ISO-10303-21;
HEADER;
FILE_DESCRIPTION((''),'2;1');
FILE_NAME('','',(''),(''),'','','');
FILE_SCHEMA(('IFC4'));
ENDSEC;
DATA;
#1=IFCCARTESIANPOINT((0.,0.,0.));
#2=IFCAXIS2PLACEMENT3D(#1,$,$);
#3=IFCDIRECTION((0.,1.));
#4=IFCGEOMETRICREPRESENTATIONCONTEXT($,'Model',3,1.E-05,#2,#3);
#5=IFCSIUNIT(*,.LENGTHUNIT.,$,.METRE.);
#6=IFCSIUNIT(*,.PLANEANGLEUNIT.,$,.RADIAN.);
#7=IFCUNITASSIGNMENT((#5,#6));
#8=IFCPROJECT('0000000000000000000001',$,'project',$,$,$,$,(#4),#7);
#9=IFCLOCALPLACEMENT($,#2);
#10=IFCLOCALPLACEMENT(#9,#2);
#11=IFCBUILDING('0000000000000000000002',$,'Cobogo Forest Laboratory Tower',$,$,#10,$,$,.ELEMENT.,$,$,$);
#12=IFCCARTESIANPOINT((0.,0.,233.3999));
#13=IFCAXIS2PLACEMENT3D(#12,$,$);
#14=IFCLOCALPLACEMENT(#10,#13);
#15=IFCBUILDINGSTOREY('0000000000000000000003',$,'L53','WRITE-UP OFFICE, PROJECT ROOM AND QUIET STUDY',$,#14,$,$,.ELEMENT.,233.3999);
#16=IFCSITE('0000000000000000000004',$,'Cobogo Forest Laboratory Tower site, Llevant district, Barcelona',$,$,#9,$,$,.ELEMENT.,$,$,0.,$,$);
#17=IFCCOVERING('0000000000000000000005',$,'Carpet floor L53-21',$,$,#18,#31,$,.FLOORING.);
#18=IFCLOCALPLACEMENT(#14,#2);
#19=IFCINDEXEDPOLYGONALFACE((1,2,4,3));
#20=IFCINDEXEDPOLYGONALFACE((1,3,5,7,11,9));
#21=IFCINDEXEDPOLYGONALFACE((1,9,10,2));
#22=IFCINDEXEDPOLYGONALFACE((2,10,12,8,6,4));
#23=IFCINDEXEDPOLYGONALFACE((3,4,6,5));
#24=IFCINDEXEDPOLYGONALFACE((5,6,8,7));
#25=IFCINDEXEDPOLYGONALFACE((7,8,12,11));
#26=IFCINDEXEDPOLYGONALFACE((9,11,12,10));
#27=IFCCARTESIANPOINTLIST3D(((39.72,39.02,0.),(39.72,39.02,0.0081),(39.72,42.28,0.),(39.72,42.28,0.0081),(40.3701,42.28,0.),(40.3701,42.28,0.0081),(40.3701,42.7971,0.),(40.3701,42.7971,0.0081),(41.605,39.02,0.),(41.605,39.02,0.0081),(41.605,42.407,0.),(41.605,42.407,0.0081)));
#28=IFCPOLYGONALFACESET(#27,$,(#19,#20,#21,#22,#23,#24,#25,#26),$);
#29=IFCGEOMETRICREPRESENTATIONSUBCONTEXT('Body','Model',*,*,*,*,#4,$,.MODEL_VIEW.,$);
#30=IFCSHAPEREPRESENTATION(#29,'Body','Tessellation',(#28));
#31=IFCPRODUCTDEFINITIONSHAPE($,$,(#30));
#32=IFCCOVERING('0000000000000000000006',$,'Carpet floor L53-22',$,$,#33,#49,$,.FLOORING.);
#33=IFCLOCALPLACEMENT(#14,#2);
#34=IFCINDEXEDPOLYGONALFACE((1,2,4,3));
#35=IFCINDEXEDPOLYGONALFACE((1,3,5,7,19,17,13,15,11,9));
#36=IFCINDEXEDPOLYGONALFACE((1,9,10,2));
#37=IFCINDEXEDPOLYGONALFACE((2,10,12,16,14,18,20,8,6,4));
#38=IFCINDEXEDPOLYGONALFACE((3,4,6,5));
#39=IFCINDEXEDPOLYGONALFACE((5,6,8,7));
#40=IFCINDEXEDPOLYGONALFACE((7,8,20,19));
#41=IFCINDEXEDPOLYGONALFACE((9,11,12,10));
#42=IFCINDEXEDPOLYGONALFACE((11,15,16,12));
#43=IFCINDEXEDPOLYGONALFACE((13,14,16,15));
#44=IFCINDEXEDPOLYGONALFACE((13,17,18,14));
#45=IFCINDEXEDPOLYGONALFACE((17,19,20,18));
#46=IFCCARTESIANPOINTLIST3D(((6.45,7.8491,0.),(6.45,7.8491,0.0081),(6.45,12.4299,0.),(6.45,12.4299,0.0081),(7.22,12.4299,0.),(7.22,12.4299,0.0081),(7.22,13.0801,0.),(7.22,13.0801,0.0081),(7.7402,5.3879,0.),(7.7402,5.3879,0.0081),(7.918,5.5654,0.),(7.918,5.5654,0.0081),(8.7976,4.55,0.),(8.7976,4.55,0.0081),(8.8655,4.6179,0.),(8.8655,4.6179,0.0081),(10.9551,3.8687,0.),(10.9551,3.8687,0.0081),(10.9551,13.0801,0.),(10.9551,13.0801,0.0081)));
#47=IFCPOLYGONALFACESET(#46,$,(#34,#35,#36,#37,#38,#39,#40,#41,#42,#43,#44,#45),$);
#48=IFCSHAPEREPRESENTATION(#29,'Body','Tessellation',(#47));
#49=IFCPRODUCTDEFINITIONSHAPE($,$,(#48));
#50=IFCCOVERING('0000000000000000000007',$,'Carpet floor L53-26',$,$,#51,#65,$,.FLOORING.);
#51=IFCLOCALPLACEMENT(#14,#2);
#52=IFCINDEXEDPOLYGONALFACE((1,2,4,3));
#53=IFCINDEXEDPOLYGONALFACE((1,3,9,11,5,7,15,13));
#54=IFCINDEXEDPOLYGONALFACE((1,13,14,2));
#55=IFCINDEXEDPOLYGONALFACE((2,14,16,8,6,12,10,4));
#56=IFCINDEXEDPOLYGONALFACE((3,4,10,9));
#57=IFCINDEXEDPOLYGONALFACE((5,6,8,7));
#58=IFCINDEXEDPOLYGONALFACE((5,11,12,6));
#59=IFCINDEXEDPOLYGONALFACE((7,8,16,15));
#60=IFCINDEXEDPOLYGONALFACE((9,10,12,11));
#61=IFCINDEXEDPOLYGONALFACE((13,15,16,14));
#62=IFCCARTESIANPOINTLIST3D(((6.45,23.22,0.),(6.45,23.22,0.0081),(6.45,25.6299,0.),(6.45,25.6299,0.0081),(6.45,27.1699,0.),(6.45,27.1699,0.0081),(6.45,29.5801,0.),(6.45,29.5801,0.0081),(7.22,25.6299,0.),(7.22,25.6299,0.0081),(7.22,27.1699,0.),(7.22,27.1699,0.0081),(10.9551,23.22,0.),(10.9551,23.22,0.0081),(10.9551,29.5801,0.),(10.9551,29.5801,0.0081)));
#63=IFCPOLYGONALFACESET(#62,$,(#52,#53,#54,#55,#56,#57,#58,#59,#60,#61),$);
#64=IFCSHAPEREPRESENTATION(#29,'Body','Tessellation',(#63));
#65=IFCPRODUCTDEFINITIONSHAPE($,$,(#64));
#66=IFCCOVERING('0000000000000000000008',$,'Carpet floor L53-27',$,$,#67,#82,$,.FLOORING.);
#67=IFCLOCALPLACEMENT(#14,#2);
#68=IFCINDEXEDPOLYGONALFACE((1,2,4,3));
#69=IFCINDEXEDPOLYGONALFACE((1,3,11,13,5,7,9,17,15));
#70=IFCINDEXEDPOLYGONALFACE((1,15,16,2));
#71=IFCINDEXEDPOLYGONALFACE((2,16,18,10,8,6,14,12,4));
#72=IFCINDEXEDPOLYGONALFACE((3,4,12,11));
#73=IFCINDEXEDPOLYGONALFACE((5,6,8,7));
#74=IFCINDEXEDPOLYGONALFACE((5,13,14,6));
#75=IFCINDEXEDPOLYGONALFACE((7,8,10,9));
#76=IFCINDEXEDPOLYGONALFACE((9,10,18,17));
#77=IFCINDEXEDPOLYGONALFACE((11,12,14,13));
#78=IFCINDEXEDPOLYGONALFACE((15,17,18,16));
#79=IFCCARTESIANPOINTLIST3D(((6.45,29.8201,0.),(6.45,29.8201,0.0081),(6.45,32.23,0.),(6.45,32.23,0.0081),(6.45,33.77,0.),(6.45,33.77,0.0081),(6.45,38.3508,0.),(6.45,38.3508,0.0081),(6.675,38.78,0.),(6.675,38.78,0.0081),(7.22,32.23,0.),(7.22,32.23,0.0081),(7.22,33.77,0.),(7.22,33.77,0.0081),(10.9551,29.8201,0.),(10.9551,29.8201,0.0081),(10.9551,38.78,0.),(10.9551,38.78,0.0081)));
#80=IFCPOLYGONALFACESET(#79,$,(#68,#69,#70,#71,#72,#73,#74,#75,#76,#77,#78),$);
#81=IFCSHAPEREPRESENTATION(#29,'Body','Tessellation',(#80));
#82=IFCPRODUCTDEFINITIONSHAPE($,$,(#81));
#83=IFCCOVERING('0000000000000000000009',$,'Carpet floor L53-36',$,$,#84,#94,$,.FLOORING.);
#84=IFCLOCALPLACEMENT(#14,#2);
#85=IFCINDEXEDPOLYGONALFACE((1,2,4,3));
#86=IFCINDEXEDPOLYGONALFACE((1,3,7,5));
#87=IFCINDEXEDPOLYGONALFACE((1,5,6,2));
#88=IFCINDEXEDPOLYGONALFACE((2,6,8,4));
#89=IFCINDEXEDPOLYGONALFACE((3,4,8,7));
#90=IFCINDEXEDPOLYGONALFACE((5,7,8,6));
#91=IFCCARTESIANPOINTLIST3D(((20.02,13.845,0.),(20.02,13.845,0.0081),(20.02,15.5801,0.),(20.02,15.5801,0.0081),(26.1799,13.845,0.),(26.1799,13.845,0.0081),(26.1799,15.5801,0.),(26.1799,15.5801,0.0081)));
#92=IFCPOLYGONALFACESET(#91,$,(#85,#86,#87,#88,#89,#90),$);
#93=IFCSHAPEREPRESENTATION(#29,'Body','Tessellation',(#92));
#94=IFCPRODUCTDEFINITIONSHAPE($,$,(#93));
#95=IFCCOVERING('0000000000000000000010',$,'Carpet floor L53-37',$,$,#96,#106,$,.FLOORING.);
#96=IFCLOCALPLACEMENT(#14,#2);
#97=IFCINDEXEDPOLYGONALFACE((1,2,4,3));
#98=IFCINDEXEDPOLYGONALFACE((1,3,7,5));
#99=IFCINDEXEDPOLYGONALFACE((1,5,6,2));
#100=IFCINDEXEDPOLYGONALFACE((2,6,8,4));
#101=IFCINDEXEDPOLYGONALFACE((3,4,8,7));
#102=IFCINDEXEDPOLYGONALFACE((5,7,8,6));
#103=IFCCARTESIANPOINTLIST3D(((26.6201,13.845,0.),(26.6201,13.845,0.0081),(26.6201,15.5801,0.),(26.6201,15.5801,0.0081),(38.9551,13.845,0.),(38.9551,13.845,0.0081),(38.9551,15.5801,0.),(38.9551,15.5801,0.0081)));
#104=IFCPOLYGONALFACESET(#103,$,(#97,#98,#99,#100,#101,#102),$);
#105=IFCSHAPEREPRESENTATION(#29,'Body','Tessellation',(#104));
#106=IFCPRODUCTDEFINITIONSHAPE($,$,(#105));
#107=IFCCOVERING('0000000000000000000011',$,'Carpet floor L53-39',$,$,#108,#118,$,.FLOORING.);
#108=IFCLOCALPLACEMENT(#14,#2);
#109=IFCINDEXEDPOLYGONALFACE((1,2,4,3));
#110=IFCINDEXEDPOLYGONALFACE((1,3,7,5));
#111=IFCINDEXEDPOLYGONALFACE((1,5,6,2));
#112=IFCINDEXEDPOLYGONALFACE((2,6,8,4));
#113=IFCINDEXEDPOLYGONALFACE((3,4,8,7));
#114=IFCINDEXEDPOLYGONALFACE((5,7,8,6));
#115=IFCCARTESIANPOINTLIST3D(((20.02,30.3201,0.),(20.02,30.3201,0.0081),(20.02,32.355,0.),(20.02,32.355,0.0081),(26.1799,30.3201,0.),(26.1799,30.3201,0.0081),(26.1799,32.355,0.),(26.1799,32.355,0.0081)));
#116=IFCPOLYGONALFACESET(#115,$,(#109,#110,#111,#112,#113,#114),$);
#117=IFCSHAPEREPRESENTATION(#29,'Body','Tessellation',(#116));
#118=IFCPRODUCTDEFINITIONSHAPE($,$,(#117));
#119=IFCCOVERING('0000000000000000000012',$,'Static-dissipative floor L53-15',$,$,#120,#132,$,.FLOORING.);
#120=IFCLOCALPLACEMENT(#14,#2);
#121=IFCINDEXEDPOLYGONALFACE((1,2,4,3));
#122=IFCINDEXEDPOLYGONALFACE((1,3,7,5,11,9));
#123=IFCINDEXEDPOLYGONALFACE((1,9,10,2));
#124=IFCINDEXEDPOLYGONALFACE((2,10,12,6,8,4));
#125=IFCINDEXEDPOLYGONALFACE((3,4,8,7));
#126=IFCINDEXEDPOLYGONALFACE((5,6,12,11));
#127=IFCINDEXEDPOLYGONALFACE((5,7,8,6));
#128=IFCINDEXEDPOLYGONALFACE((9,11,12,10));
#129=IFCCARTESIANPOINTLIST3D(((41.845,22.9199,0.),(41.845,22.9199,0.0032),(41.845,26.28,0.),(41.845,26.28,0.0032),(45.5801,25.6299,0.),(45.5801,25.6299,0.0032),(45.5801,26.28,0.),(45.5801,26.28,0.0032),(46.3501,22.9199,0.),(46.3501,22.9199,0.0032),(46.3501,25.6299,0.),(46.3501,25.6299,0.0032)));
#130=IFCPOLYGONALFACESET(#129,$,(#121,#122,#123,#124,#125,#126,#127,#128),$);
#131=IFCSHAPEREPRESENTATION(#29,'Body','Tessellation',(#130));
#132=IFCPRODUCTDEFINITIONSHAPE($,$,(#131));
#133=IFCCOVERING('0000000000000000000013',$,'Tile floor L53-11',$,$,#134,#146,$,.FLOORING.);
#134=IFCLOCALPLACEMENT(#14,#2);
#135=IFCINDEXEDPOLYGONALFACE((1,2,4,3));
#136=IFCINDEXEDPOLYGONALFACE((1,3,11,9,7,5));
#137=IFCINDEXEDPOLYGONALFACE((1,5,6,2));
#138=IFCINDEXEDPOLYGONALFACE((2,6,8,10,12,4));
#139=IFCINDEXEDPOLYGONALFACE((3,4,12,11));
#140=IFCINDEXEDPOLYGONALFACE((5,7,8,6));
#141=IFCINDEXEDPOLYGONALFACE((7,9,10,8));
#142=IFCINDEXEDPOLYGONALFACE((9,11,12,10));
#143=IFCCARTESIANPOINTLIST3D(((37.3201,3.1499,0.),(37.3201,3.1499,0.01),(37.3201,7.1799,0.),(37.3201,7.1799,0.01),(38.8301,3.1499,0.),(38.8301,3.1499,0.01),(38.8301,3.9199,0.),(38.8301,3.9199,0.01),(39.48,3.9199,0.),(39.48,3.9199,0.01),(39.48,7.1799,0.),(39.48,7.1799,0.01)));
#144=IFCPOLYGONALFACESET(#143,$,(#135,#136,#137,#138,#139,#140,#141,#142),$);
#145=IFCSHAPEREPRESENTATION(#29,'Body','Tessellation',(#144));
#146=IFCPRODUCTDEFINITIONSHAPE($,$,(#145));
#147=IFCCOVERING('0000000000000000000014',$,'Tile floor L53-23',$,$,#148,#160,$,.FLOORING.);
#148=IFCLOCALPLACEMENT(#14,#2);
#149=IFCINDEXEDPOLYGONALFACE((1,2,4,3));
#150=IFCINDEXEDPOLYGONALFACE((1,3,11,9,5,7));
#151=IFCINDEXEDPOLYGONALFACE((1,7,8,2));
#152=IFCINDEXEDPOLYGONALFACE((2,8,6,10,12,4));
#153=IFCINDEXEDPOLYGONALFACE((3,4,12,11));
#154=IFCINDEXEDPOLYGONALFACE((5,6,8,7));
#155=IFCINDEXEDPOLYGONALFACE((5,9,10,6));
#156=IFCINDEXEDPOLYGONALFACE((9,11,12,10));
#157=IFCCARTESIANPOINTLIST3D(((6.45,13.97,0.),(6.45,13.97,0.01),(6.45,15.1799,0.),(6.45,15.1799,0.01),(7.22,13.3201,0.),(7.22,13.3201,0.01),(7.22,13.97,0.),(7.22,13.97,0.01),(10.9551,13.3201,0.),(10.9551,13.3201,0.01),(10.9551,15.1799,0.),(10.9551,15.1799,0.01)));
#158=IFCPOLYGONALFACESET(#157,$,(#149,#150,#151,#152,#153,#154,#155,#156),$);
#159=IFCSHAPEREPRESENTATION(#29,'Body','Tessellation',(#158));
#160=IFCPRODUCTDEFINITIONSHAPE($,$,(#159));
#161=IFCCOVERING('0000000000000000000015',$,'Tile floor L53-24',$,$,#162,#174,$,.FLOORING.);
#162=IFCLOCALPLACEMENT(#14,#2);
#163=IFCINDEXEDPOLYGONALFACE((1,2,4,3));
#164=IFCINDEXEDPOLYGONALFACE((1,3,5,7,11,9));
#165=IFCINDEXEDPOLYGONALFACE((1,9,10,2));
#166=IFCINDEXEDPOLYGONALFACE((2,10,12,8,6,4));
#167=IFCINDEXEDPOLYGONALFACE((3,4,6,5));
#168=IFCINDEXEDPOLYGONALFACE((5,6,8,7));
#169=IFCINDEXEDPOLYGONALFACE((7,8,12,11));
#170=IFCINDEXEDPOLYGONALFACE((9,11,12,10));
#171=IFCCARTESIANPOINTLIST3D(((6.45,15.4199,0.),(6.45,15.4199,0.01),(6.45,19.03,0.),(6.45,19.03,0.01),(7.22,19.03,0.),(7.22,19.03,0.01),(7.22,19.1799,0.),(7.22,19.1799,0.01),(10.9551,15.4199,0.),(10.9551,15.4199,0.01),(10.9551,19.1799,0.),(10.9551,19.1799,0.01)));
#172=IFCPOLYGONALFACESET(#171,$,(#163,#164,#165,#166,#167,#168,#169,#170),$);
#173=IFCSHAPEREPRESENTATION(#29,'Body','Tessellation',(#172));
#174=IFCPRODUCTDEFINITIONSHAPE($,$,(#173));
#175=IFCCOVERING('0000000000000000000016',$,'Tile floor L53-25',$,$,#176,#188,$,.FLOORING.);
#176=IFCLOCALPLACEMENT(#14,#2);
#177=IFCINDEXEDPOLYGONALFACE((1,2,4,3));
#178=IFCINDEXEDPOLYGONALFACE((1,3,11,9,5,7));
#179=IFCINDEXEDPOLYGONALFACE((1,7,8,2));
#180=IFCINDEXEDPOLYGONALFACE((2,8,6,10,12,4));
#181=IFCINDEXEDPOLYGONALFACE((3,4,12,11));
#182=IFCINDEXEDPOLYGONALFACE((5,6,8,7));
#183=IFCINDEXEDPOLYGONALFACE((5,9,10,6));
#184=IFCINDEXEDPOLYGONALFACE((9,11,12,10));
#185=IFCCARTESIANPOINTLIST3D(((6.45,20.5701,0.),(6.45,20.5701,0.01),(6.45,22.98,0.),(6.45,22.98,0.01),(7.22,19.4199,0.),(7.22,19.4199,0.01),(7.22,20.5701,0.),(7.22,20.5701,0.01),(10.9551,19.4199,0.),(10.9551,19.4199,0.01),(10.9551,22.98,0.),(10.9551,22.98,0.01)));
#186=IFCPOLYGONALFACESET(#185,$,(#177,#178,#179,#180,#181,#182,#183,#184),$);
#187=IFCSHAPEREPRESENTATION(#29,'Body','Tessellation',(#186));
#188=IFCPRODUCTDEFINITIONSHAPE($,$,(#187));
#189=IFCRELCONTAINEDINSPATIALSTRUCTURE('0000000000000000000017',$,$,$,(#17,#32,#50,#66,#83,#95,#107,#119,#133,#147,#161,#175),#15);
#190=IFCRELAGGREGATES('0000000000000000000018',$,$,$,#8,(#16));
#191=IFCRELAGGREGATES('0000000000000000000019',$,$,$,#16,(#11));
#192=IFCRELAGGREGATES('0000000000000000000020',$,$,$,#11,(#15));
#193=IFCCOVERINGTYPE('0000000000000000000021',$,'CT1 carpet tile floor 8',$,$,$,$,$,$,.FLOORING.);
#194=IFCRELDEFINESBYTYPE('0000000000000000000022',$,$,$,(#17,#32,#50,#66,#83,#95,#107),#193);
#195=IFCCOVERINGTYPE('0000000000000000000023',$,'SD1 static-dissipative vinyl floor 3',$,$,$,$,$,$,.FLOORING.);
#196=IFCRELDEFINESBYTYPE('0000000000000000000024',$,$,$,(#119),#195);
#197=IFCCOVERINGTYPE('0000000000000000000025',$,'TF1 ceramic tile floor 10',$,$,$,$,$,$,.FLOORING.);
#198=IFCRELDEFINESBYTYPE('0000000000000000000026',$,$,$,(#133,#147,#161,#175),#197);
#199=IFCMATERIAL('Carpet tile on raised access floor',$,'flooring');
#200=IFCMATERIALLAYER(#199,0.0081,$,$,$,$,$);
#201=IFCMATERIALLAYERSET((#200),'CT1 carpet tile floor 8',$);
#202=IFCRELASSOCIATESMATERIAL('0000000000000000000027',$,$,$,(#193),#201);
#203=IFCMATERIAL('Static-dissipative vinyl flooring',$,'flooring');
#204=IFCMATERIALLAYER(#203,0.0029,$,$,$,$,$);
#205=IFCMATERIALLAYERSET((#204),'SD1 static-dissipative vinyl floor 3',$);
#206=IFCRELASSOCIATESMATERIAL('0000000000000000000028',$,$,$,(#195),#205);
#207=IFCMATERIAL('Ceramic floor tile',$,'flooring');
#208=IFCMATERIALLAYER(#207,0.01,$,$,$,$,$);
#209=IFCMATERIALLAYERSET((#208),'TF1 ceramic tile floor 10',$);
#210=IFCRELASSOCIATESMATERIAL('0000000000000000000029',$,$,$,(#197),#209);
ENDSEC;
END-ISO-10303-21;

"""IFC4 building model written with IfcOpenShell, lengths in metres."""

from ifc_helpers import new_model, si_unit, direction, frame, origin, place, context, subcontext, project, spatial, polyline, outline, extrude, material, layer, layer_set, type_object, element, save


model = new_model("IFC4")

# Units and contexts
model_context = context("Model", 3, precision=1e-05, world=origin(), true_north=direction((0.0, 1.0)))
body_context = subcontext(model_context, "Body", "Model", "MODEL_VIEW")
ifc_project = project(units=[si_unit("LENGTHUNIT", "METRE"), si_unit("PLANEANGLEUNIT", "RADIAN")], contexts=[model_context])

# Site, building, storey
site_placement = place(None, origin())
site = spatial("IfcSite", under=ifc_project, at=site_placement, Name="Cobogo Forest Laboratory Tower site, Llevant district, Barcelona", CompositionType="ELEMENT", RefElevation=0.0)
building_placement = place(site_placement, origin())
building = spatial("IfcBuilding", under=site, at=building_placement, Name="Cobogo Forest Laboratory Tower", CompositionType="ELEMENT")
storey_placement = place(building_placement, frame((0.0, 0.0, 233.3999)))
storey = spatial("IfcBuildingStorey", under=building, at=storey_placement, Name="L53", Description="WRITE-UP OFFICE, PROJECT ROOM AND QUIET STUDY", CompositionType="ELEMENT", Elevation=233.3999)

# Coverings
ifc_material_1 = material(Name="Carpet tile on raised access floor", Category="flooring")
ifc_layer_1 = layer(ifc_material_1, 0.0081)
ifc_layer_set_1 = layer_set([ifc_layer_1], Name="CT1 carpet tile floor 8")
covering_type_1 = type_object("IfcCoveringType", Name="CT1 carpet tile floor 8", PredefinedType="FLOORING", material=ifc_layer_set_1)
covering_1_placement = place(storey_placement, origin())
element("IfcCovering", 1, at=covering_1_placement, inside=storey, type_object=covering_type_1, Name="Carpet floor L53-21", PredefinedType="FLOORING", context=body_context, shape_type="SweptSolid", body=[
    extrude(outline(polyline([(39.72, 39.02), (39.72, 42.28), (40.3701, 42.28), (40.3701, 42.7971), (41.605, 42.407), (41.605, 39.02), (39.72, 39.02)])), origin(), (0.0, 0.0, 1.0), 0.0081),
])
covering_2_placement = place(storey_placement, origin())
element("IfcCovering", 2, at=covering_2_placement, inside=storey, type_object=covering_type_1, Name="Carpet floor L53-22", PredefinedType="FLOORING", context=body_context, shape_type="SweptSolid", body=[
    extrude(outline(polyline([(8.7976, 4.55), (8.8655, 4.6179), (7.918, 5.5654), (7.7402, 5.3879), (6.45, 7.8491), (6.45, 12.4299), (7.22, 12.4299), (7.22, 13.0801), (10.9551, 13.0801), (10.9551, 3.8687), (8.7976, 4.55)])), origin(), (0.0, 0.0, 1.0), 0.0081),
])
covering_3_placement = place(storey_placement, origin())
element("IfcCovering", 3, at=covering_3_placement, inside=storey, type_object=covering_type_1, Name="Carpet floor L53-26", PredefinedType="FLOORING", context=body_context, shape_type="SweptSolid", body=[
    extrude(outline(polyline([(10.9551, 23.22), (6.45, 23.22), (6.45, 25.6299), (7.22, 25.6299), (7.22, 27.1699), (6.45, 27.1699), (6.45, 29.5801), (10.9551, 29.5801), (10.9551, 23.22)])), origin(), (0.0, 0.0, 1.0), 0.0081),
])
covering_4_placement = place(storey_placement, origin())
element("IfcCovering", 4, at=covering_4_placement, inside=storey, type_object=covering_type_1, Name="Carpet floor L53-27", PredefinedType="FLOORING", context=body_context, shape_type="SweptSolid", body=[
    extrude(outline(polyline([(10.9551, 29.8201), (6.45, 29.8201), (6.45, 32.23), (7.22, 32.23), (7.22, 33.77), (6.45, 33.77), (6.45, 38.3508), (6.675, 38.78), (10.9551, 38.78), (10.9551, 29.8201)])), origin(), (0.0, 0.0, 1.0), 0.0081),
])
covering_5_placement = place(storey_placement, origin())
element("IfcCovering", 5, at=covering_5_placement, inside=storey, type_object=covering_type_1, Name="Carpet floor L53-36", PredefinedType="FLOORING", context=body_context, shape_type="SweptSolid", body=[
    extrude(outline(polyline([(26.1799, 13.845), (20.02, 13.845), (20.02, 15.5801), (26.1799, 15.5801), (26.1799, 13.845)])), origin(), (0.0, 0.0, 1.0), 0.0081),
])
covering_6_placement = place(storey_placement, origin())
element("IfcCovering", 6, at=covering_6_placement, inside=storey, type_object=covering_type_1, Name="Carpet floor L53-37", PredefinedType="FLOORING", context=body_context, shape_type="SweptSolid", body=[
    extrude(outline(polyline([(38.9551, 13.845), (26.6201, 13.845), (26.6201, 15.5801), (38.9551, 15.5801), (38.9551, 13.845)])), origin(), (0.0, 0.0, 1.0), 0.0081),
])
covering_7_placement = place(storey_placement, origin())
element("IfcCovering", 7, at=covering_7_placement, inside=storey, type_object=covering_type_1, Name="Carpet floor L53-39", PredefinedType="FLOORING", context=body_context, shape_type="SweptSolid", body=[
    extrude(outline(polyline([(26.1799, 30.3201), (20.02, 30.3201), (20.02, 32.355), (26.1799, 32.355), (26.1799, 30.3201)])), origin(), (0.0, 0.0, 1.0), 0.0081),
])
ifc_material_2 = material(Name="Static-dissipative vinyl flooring", Category="flooring")
ifc_layer_2 = layer(ifc_material_2, 0.0029)
ifc_layer_set_2 = layer_set([ifc_layer_2], Name="SD1 static-dissipative vinyl floor 3")
covering_type_2 = type_object("IfcCoveringType", Name="SD1 static-dissipative vinyl floor 3", PredefinedType="FLOORING", material=ifc_layer_set_2)
covering_8_placement = place(storey_placement, origin())
element("IfcCovering", 8, at=covering_8_placement, inside=storey, type_object=covering_type_2, Name="Static-dissipative floor L53-15", PredefinedType="FLOORING", context=body_context, shape_type="SweptSolid", body=[
    extrude(outline(polyline([(41.845, 26.28), (45.5801, 26.28), (45.5801, 25.6299), (46.3501, 25.6299), (46.3501, 22.9199), (41.845, 22.9199), (41.845, 26.28)])), origin(), (0.0, 0.0, 1.0), 0.0032),
])
ifc_material_3 = material(Name="Ceramic floor tile", Category="flooring")
ifc_layer_3 = layer(ifc_material_3, 0.01)
ifc_layer_set_3 = layer_set([ifc_layer_3], Name="TF1 ceramic tile floor 10")
covering_type_3 = type_object("IfcCoveringType", Name="TF1 ceramic tile floor 10", PredefinedType="FLOORING", material=ifc_layer_set_3)
covering_9_placement = place(storey_placement, origin())
element("IfcCovering", 9, at=covering_9_placement, inside=storey, type_object=covering_type_3, Name="Tile floor L53-11", PredefinedType="FLOORING", context=body_context, shape_type="SweptSolid", body=[
    extrude(outline(polyline([(39.48, 7.1799), (39.48, 3.9199), (38.8301, 3.9199), (38.8301, 3.1499), (37.3201, 3.1499), (37.3201, 7.1799), (39.48, 7.1799)])), origin(), (0.0, 0.0, 1.0), 0.01),
])
covering_10_placement = place(storey_placement, origin())
element("IfcCovering", 10, at=covering_10_placement, inside=storey, type_object=covering_type_3, Name="Tile floor L53-23", PredefinedType="FLOORING", context=body_context, shape_type="SweptSolid", body=[
    extrude(outline(polyline([(10.9551, 13.3201), (7.22, 13.3201), (7.22, 13.97), (6.45, 13.97), (6.45, 15.1799), (10.9551, 15.1799), (10.9551, 13.3201)])), origin(), (0.0, 0.0, 1.0), 0.01),
])
covering_11_placement = place(storey_placement, origin())
element("IfcCovering", 11, at=covering_11_placement, inside=storey, type_object=covering_type_3, Name="Tile floor L53-24", PredefinedType="FLOORING", context=body_context, shape_type="SweptSolid", body=[
    extrude(outline(polyline([(10.9551, 15.4199), (6.45, 15.4199), (6.45, 19.03), (7.22, 19.03), (7.22, 19.1799), (10.9551, 19.1799), (10.9551, 15.4199)])), origin(), (0.0, 0.0, 1.0), 0.01),
])
covering_12_placement = place(storey_placement, origin())
element("IfcCovering", 12, at=covering_12_placement, inside=storey, type_object=covering_type_3, Name="Tile floor L53-25", PredefinedType="FLOORING", context=body_context, shape_type="SweptSolid", body=[
    extrude(outline(polyline([(10.9551, 19.4199), (7.22, 19.4199), (7.22, 20.5701), (6.45, 20.5701), (6.45, 22.98), (10.9551, 22.98), (10.9551, 19.4199)])), origin(), (0.0, 0.0, 1.0), 0.01),
])

save(model, "model.ifc")
